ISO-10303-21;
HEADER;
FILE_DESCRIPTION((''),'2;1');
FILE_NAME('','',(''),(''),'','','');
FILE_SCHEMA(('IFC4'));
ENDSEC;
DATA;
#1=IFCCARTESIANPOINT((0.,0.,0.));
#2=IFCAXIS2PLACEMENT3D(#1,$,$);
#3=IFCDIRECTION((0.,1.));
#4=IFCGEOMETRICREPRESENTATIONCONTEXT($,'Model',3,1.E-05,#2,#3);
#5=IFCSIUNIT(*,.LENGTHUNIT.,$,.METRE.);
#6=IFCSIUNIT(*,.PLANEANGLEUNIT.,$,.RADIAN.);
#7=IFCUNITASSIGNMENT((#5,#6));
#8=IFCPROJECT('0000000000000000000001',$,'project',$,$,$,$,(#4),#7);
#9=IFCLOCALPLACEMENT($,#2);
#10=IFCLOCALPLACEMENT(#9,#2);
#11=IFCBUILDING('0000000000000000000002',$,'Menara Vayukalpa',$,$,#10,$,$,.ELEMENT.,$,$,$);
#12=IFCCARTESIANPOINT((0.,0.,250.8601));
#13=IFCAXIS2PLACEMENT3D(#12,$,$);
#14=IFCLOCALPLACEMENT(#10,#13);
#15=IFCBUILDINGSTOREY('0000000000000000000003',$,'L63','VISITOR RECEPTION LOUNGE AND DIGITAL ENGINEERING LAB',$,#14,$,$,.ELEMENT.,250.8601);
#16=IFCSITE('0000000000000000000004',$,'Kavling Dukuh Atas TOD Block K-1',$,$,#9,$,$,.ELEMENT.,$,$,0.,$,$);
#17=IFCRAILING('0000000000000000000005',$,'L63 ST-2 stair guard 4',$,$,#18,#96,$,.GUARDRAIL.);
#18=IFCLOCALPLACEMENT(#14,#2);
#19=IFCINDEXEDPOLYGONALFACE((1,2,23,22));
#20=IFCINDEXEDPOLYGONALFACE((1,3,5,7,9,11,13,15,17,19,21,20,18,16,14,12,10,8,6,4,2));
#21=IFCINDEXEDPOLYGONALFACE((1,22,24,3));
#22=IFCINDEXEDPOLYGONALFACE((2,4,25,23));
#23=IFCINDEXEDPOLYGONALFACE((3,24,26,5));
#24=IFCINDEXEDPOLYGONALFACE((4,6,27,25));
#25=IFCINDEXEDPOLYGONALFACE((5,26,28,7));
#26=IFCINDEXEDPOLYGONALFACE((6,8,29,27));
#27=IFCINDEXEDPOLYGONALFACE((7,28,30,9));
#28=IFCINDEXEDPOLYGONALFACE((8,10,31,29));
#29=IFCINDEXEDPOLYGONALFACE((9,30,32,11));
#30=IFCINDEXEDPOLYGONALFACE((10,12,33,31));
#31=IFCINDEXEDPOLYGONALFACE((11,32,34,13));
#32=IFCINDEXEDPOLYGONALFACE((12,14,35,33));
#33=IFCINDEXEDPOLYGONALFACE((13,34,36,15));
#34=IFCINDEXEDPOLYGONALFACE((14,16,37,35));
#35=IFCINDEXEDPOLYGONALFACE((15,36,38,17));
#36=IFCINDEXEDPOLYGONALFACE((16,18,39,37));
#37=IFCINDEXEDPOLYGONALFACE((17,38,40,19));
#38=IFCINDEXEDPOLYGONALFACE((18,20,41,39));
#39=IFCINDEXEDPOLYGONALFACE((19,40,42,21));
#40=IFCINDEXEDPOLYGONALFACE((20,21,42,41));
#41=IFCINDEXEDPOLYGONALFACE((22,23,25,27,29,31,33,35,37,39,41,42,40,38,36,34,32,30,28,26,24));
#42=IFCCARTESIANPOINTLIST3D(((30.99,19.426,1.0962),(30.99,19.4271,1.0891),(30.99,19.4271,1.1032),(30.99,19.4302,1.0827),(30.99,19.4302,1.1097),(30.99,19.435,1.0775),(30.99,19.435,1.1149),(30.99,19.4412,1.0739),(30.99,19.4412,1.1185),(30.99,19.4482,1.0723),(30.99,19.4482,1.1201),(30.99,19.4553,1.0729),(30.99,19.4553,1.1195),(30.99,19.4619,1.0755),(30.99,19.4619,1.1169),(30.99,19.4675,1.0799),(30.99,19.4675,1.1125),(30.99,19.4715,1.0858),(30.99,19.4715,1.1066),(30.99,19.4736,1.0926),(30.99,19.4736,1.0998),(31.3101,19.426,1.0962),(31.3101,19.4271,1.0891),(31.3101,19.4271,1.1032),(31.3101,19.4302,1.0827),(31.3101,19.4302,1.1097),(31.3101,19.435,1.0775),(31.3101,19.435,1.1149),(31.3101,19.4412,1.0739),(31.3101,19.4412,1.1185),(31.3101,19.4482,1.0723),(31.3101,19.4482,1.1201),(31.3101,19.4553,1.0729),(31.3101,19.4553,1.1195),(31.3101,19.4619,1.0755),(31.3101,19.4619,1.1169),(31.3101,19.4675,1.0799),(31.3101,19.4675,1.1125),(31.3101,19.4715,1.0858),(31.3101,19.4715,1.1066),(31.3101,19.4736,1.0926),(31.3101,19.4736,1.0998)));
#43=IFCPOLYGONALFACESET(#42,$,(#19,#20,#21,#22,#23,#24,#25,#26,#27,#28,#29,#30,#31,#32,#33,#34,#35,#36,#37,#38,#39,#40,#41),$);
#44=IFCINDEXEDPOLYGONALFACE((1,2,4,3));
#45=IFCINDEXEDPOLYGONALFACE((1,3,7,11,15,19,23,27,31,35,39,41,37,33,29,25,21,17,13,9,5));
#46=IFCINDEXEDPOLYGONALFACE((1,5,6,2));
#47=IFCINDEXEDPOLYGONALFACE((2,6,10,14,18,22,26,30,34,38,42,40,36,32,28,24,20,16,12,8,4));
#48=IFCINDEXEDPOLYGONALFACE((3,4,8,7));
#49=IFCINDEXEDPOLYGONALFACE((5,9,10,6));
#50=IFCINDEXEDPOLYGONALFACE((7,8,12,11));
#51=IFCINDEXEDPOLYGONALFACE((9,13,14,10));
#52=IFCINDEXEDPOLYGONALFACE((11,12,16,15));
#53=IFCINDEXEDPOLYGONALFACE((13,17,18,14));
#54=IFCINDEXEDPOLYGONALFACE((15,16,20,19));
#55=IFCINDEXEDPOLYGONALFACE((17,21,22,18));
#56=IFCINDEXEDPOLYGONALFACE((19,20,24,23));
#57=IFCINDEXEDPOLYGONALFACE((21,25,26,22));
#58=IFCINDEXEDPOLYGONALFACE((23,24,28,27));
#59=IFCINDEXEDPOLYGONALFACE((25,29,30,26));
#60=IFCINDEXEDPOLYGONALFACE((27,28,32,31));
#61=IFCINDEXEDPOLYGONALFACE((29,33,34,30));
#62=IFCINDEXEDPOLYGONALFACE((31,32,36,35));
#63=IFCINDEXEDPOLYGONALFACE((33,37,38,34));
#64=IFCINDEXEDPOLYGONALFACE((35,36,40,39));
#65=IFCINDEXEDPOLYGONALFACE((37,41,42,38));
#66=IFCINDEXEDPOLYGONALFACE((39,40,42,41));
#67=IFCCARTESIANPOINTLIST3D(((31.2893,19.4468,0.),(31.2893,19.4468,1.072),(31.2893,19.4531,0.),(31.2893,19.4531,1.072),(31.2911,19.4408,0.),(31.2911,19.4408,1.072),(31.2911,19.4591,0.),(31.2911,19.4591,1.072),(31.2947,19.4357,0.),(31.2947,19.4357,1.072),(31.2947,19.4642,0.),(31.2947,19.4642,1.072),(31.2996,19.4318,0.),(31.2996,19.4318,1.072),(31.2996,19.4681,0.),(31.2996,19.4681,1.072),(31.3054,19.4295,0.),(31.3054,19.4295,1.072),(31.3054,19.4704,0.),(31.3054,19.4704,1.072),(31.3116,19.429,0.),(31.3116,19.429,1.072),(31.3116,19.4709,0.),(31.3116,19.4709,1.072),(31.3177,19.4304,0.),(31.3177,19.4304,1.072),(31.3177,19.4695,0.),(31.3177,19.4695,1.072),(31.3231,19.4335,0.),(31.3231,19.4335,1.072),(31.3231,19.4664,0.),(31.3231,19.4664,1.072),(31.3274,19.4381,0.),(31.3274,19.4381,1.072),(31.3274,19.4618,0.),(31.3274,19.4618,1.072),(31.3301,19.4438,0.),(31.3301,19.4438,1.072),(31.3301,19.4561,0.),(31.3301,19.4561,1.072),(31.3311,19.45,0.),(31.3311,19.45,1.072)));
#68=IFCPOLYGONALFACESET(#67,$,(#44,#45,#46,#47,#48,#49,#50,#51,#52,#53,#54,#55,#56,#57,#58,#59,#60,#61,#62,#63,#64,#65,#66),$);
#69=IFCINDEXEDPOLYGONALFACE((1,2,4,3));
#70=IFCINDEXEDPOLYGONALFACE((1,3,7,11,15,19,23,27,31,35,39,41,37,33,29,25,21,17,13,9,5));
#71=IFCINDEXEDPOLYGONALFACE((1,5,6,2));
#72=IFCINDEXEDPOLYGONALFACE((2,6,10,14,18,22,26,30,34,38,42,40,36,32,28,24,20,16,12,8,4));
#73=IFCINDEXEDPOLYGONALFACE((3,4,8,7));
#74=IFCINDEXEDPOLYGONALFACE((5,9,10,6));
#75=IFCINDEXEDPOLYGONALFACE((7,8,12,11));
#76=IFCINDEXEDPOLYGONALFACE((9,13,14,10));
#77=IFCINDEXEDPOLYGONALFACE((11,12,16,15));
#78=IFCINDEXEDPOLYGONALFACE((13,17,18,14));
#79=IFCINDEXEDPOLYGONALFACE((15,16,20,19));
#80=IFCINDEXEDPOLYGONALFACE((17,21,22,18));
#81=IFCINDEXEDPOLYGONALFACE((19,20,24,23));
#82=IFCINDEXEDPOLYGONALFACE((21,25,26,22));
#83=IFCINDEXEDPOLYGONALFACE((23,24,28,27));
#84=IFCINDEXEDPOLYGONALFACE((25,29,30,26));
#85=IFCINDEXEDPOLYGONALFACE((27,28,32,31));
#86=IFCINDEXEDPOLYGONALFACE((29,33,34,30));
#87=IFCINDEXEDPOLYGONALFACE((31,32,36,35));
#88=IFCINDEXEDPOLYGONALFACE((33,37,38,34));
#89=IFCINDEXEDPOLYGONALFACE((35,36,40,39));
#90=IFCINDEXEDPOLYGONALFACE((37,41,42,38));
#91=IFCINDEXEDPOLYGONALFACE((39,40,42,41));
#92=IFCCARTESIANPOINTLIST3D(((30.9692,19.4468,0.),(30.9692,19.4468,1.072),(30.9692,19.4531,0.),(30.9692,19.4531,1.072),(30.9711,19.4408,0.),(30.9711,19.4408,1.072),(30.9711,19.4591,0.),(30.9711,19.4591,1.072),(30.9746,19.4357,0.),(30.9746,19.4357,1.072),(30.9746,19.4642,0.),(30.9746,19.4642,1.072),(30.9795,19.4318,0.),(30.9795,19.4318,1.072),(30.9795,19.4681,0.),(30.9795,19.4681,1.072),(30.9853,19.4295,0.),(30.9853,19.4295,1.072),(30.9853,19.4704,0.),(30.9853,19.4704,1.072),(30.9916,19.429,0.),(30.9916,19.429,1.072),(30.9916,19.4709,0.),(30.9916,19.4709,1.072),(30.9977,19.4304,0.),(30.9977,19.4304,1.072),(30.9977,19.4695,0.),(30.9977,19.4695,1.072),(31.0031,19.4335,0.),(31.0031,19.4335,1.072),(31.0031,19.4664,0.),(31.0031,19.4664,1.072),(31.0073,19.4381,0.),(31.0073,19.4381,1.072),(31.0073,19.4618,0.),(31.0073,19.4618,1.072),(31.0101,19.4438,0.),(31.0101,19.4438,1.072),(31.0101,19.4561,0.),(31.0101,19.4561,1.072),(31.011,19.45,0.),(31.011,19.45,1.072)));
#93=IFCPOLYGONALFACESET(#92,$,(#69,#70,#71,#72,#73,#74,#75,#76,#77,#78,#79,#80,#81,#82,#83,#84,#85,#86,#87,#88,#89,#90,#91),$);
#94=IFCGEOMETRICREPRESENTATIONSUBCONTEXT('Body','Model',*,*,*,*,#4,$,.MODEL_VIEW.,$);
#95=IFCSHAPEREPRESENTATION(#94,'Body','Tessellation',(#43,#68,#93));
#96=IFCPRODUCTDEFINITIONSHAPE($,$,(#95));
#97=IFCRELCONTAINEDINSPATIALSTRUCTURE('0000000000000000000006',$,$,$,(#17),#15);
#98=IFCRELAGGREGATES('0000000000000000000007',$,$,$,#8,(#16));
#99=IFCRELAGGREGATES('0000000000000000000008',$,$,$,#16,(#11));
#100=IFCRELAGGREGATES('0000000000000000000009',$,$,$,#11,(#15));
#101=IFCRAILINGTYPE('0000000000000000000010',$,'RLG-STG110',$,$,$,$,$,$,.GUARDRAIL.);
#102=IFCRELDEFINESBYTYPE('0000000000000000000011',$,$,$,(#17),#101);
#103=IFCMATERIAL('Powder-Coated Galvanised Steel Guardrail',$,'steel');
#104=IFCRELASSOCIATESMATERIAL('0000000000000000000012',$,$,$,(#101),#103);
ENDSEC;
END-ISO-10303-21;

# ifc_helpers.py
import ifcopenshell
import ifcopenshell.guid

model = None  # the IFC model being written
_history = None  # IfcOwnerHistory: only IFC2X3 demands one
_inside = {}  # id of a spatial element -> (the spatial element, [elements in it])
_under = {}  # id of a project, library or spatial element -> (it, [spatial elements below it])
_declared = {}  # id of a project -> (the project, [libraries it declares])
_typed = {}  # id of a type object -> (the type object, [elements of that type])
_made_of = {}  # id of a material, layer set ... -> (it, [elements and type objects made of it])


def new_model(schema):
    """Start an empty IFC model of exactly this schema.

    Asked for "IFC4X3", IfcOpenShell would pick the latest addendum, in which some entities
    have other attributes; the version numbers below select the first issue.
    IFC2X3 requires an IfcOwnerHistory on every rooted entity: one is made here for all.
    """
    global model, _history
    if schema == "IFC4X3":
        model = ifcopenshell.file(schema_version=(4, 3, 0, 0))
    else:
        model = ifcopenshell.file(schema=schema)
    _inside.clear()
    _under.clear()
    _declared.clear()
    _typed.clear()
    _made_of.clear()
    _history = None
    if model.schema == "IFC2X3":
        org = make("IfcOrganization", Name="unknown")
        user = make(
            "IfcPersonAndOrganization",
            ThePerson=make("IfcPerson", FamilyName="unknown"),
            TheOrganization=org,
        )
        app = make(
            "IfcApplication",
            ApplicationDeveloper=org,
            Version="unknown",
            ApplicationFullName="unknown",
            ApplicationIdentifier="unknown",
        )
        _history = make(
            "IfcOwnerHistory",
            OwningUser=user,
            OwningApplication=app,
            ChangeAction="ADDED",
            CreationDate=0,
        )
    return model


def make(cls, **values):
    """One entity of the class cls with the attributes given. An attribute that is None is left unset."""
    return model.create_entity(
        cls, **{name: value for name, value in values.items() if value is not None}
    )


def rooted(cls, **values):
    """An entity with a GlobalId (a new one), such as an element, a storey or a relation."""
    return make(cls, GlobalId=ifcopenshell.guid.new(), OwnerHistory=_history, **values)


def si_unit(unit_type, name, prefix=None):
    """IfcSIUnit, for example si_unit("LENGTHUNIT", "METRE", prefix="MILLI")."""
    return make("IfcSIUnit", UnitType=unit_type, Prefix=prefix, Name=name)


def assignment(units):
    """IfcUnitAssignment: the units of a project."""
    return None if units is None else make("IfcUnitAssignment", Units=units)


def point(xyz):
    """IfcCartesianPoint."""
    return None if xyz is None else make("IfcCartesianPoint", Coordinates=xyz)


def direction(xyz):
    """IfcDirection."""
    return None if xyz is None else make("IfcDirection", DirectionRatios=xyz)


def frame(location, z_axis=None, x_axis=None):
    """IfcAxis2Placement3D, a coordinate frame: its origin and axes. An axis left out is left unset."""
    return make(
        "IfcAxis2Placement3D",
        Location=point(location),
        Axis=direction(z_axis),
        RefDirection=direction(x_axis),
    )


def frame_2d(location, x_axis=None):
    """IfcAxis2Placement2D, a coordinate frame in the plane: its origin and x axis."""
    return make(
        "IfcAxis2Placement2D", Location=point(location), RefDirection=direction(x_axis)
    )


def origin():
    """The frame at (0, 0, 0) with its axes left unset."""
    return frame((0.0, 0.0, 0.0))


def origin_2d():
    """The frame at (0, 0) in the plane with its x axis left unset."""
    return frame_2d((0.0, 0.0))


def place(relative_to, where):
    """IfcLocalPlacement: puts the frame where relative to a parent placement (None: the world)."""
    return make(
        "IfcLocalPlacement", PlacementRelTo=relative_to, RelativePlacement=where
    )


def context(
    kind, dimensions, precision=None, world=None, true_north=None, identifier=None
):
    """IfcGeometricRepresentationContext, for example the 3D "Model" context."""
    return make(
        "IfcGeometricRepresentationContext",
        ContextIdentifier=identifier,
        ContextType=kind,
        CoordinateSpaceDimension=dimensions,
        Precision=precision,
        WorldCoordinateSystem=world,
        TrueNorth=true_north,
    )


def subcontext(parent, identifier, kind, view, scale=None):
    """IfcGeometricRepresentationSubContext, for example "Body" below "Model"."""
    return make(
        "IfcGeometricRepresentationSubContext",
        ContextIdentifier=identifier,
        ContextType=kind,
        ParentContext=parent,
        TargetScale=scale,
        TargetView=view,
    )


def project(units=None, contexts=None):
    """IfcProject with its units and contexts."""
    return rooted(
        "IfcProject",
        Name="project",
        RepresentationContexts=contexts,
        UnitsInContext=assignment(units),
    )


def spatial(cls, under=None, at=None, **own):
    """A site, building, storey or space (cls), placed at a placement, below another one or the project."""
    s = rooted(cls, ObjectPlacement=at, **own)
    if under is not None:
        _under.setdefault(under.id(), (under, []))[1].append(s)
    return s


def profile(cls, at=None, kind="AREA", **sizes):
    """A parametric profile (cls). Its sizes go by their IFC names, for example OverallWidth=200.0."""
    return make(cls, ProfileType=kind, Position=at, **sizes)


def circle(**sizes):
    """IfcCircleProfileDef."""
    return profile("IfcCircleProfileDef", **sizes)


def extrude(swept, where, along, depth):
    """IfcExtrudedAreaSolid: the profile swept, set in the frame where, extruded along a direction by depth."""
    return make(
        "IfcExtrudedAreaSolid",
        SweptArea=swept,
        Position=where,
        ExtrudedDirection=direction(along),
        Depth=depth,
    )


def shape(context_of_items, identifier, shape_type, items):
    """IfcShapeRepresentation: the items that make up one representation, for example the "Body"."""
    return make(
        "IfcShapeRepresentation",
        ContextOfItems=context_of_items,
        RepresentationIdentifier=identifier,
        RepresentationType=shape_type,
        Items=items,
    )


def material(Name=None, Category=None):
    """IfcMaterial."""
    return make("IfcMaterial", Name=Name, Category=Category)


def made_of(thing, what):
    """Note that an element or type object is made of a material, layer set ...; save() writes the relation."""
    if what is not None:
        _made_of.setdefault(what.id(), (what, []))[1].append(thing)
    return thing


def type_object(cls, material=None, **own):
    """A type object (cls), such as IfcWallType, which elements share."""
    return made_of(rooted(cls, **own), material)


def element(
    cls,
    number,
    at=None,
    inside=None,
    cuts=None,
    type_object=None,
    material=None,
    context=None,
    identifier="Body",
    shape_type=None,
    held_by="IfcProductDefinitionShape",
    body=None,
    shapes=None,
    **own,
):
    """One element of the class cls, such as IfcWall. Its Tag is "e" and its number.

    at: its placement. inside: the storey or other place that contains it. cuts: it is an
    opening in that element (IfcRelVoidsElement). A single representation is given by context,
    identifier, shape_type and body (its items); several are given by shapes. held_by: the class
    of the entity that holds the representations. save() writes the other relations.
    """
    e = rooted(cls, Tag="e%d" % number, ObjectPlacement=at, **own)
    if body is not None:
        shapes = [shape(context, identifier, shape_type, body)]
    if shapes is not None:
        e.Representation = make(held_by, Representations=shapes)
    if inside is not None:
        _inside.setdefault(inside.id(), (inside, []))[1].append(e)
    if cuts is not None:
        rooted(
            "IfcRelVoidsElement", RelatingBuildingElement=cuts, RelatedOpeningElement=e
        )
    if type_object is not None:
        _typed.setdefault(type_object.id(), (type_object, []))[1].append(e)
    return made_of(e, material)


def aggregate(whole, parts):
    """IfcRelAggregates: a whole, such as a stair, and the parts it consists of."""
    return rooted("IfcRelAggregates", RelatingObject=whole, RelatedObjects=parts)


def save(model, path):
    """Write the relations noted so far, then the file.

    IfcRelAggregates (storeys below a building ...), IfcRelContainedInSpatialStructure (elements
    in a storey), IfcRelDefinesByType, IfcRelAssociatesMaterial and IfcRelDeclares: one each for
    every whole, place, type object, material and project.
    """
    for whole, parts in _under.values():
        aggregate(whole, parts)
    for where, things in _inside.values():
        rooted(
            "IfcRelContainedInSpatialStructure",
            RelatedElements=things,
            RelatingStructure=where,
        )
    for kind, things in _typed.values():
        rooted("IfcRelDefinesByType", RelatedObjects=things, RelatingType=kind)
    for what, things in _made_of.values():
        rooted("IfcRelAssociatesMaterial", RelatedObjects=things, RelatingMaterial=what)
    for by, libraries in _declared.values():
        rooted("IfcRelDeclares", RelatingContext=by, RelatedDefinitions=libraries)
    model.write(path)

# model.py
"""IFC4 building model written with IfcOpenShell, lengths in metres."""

from ifc_helpers import new_model, si_unit, direction, frame, origin, origin_2d, place, context, subcontext, project, spatial, circle, extrude, material, type_object, element, save


model = new_model("IFC4")

# Units and contexts
model_context = context("Model", 3, precision=1e-05, world=origin(), true_north=direction((0.0, 1.0)))
body_context = subcontext(model_context, "Body", "Model", "MODEL_VIEW")
ifc_project = project(units=[si_unit("LENGTHUNIT", "METRE"), si_unit("PLANEANGLEUNIT", "RADIAN")], contexts=[model_context])

# Site, building, storey
site_placement = place(None, origin())
site = spatial("IfcSite", under=ifc_project, at=site_placement, Name="Kavling Dukuh Atas TOD Block K-1", CompositionType="ELEMENT", RefElevation=0.0)
building_placement = place(site_placement, origin())
building = spatial("IfcBuilding", under=site, at=building_placement, Name="Menara Vayukalpa", CompositionType="ELEMENT")
storey_placement = place(building_placement, frame((0.0, 0.0, 250.8601)))
storey = spatial("IfcBuildingStorey", under=building, at=storey_placement, Name="L63", Description="VISITOR RECEPTION LOUNGE AND DIGITAL ENGINEERING LAB", CompositionType="ELEMENT", Elevation=250.8601)

# Railing
ifc_material_1 = material(Name="Powder-Coated Galvanised Steel Guardrail", Category="steel")
railing_type_1 = type_object("IfcRailingType", Name="RLG-STG110", PredefinedType="GUARDRAIL", material=ifc_material_1)
railing_1_placement = place(storey_placement, frame((31.3101, 19.45, 0.0)))
element("IfcRailing", 1, at=railing_1_placement, inside=storey, type_object=railing_type_1, Name="L63 ST-2 stair guard 4", PredefinedType="GUARDRAIL", context=body_context, shape_type="SweptSolid", body=[
    extrude(circle(Radius=0.0239, at=origin_2d()), frame((0.0, 0.0, 1.0962), z_axis=(-1.0, 0.0, 0.0), x_axis=(0.0, -1.0, 0.0)), (0.0, 0.0, 1.0), 0.3201),
    extrude(circle(Radius=0.021, at=origin_2d()), origin(), (0.0, 0.0, 1.0), 1.072),
    extrude(circle(Radius=0.021, at=origin_2d()), frame((-0.3201, 0.0, 0.0)), (0.0, 0.0, 1.0), 1.072),
])

save(model, "model.ifc")
